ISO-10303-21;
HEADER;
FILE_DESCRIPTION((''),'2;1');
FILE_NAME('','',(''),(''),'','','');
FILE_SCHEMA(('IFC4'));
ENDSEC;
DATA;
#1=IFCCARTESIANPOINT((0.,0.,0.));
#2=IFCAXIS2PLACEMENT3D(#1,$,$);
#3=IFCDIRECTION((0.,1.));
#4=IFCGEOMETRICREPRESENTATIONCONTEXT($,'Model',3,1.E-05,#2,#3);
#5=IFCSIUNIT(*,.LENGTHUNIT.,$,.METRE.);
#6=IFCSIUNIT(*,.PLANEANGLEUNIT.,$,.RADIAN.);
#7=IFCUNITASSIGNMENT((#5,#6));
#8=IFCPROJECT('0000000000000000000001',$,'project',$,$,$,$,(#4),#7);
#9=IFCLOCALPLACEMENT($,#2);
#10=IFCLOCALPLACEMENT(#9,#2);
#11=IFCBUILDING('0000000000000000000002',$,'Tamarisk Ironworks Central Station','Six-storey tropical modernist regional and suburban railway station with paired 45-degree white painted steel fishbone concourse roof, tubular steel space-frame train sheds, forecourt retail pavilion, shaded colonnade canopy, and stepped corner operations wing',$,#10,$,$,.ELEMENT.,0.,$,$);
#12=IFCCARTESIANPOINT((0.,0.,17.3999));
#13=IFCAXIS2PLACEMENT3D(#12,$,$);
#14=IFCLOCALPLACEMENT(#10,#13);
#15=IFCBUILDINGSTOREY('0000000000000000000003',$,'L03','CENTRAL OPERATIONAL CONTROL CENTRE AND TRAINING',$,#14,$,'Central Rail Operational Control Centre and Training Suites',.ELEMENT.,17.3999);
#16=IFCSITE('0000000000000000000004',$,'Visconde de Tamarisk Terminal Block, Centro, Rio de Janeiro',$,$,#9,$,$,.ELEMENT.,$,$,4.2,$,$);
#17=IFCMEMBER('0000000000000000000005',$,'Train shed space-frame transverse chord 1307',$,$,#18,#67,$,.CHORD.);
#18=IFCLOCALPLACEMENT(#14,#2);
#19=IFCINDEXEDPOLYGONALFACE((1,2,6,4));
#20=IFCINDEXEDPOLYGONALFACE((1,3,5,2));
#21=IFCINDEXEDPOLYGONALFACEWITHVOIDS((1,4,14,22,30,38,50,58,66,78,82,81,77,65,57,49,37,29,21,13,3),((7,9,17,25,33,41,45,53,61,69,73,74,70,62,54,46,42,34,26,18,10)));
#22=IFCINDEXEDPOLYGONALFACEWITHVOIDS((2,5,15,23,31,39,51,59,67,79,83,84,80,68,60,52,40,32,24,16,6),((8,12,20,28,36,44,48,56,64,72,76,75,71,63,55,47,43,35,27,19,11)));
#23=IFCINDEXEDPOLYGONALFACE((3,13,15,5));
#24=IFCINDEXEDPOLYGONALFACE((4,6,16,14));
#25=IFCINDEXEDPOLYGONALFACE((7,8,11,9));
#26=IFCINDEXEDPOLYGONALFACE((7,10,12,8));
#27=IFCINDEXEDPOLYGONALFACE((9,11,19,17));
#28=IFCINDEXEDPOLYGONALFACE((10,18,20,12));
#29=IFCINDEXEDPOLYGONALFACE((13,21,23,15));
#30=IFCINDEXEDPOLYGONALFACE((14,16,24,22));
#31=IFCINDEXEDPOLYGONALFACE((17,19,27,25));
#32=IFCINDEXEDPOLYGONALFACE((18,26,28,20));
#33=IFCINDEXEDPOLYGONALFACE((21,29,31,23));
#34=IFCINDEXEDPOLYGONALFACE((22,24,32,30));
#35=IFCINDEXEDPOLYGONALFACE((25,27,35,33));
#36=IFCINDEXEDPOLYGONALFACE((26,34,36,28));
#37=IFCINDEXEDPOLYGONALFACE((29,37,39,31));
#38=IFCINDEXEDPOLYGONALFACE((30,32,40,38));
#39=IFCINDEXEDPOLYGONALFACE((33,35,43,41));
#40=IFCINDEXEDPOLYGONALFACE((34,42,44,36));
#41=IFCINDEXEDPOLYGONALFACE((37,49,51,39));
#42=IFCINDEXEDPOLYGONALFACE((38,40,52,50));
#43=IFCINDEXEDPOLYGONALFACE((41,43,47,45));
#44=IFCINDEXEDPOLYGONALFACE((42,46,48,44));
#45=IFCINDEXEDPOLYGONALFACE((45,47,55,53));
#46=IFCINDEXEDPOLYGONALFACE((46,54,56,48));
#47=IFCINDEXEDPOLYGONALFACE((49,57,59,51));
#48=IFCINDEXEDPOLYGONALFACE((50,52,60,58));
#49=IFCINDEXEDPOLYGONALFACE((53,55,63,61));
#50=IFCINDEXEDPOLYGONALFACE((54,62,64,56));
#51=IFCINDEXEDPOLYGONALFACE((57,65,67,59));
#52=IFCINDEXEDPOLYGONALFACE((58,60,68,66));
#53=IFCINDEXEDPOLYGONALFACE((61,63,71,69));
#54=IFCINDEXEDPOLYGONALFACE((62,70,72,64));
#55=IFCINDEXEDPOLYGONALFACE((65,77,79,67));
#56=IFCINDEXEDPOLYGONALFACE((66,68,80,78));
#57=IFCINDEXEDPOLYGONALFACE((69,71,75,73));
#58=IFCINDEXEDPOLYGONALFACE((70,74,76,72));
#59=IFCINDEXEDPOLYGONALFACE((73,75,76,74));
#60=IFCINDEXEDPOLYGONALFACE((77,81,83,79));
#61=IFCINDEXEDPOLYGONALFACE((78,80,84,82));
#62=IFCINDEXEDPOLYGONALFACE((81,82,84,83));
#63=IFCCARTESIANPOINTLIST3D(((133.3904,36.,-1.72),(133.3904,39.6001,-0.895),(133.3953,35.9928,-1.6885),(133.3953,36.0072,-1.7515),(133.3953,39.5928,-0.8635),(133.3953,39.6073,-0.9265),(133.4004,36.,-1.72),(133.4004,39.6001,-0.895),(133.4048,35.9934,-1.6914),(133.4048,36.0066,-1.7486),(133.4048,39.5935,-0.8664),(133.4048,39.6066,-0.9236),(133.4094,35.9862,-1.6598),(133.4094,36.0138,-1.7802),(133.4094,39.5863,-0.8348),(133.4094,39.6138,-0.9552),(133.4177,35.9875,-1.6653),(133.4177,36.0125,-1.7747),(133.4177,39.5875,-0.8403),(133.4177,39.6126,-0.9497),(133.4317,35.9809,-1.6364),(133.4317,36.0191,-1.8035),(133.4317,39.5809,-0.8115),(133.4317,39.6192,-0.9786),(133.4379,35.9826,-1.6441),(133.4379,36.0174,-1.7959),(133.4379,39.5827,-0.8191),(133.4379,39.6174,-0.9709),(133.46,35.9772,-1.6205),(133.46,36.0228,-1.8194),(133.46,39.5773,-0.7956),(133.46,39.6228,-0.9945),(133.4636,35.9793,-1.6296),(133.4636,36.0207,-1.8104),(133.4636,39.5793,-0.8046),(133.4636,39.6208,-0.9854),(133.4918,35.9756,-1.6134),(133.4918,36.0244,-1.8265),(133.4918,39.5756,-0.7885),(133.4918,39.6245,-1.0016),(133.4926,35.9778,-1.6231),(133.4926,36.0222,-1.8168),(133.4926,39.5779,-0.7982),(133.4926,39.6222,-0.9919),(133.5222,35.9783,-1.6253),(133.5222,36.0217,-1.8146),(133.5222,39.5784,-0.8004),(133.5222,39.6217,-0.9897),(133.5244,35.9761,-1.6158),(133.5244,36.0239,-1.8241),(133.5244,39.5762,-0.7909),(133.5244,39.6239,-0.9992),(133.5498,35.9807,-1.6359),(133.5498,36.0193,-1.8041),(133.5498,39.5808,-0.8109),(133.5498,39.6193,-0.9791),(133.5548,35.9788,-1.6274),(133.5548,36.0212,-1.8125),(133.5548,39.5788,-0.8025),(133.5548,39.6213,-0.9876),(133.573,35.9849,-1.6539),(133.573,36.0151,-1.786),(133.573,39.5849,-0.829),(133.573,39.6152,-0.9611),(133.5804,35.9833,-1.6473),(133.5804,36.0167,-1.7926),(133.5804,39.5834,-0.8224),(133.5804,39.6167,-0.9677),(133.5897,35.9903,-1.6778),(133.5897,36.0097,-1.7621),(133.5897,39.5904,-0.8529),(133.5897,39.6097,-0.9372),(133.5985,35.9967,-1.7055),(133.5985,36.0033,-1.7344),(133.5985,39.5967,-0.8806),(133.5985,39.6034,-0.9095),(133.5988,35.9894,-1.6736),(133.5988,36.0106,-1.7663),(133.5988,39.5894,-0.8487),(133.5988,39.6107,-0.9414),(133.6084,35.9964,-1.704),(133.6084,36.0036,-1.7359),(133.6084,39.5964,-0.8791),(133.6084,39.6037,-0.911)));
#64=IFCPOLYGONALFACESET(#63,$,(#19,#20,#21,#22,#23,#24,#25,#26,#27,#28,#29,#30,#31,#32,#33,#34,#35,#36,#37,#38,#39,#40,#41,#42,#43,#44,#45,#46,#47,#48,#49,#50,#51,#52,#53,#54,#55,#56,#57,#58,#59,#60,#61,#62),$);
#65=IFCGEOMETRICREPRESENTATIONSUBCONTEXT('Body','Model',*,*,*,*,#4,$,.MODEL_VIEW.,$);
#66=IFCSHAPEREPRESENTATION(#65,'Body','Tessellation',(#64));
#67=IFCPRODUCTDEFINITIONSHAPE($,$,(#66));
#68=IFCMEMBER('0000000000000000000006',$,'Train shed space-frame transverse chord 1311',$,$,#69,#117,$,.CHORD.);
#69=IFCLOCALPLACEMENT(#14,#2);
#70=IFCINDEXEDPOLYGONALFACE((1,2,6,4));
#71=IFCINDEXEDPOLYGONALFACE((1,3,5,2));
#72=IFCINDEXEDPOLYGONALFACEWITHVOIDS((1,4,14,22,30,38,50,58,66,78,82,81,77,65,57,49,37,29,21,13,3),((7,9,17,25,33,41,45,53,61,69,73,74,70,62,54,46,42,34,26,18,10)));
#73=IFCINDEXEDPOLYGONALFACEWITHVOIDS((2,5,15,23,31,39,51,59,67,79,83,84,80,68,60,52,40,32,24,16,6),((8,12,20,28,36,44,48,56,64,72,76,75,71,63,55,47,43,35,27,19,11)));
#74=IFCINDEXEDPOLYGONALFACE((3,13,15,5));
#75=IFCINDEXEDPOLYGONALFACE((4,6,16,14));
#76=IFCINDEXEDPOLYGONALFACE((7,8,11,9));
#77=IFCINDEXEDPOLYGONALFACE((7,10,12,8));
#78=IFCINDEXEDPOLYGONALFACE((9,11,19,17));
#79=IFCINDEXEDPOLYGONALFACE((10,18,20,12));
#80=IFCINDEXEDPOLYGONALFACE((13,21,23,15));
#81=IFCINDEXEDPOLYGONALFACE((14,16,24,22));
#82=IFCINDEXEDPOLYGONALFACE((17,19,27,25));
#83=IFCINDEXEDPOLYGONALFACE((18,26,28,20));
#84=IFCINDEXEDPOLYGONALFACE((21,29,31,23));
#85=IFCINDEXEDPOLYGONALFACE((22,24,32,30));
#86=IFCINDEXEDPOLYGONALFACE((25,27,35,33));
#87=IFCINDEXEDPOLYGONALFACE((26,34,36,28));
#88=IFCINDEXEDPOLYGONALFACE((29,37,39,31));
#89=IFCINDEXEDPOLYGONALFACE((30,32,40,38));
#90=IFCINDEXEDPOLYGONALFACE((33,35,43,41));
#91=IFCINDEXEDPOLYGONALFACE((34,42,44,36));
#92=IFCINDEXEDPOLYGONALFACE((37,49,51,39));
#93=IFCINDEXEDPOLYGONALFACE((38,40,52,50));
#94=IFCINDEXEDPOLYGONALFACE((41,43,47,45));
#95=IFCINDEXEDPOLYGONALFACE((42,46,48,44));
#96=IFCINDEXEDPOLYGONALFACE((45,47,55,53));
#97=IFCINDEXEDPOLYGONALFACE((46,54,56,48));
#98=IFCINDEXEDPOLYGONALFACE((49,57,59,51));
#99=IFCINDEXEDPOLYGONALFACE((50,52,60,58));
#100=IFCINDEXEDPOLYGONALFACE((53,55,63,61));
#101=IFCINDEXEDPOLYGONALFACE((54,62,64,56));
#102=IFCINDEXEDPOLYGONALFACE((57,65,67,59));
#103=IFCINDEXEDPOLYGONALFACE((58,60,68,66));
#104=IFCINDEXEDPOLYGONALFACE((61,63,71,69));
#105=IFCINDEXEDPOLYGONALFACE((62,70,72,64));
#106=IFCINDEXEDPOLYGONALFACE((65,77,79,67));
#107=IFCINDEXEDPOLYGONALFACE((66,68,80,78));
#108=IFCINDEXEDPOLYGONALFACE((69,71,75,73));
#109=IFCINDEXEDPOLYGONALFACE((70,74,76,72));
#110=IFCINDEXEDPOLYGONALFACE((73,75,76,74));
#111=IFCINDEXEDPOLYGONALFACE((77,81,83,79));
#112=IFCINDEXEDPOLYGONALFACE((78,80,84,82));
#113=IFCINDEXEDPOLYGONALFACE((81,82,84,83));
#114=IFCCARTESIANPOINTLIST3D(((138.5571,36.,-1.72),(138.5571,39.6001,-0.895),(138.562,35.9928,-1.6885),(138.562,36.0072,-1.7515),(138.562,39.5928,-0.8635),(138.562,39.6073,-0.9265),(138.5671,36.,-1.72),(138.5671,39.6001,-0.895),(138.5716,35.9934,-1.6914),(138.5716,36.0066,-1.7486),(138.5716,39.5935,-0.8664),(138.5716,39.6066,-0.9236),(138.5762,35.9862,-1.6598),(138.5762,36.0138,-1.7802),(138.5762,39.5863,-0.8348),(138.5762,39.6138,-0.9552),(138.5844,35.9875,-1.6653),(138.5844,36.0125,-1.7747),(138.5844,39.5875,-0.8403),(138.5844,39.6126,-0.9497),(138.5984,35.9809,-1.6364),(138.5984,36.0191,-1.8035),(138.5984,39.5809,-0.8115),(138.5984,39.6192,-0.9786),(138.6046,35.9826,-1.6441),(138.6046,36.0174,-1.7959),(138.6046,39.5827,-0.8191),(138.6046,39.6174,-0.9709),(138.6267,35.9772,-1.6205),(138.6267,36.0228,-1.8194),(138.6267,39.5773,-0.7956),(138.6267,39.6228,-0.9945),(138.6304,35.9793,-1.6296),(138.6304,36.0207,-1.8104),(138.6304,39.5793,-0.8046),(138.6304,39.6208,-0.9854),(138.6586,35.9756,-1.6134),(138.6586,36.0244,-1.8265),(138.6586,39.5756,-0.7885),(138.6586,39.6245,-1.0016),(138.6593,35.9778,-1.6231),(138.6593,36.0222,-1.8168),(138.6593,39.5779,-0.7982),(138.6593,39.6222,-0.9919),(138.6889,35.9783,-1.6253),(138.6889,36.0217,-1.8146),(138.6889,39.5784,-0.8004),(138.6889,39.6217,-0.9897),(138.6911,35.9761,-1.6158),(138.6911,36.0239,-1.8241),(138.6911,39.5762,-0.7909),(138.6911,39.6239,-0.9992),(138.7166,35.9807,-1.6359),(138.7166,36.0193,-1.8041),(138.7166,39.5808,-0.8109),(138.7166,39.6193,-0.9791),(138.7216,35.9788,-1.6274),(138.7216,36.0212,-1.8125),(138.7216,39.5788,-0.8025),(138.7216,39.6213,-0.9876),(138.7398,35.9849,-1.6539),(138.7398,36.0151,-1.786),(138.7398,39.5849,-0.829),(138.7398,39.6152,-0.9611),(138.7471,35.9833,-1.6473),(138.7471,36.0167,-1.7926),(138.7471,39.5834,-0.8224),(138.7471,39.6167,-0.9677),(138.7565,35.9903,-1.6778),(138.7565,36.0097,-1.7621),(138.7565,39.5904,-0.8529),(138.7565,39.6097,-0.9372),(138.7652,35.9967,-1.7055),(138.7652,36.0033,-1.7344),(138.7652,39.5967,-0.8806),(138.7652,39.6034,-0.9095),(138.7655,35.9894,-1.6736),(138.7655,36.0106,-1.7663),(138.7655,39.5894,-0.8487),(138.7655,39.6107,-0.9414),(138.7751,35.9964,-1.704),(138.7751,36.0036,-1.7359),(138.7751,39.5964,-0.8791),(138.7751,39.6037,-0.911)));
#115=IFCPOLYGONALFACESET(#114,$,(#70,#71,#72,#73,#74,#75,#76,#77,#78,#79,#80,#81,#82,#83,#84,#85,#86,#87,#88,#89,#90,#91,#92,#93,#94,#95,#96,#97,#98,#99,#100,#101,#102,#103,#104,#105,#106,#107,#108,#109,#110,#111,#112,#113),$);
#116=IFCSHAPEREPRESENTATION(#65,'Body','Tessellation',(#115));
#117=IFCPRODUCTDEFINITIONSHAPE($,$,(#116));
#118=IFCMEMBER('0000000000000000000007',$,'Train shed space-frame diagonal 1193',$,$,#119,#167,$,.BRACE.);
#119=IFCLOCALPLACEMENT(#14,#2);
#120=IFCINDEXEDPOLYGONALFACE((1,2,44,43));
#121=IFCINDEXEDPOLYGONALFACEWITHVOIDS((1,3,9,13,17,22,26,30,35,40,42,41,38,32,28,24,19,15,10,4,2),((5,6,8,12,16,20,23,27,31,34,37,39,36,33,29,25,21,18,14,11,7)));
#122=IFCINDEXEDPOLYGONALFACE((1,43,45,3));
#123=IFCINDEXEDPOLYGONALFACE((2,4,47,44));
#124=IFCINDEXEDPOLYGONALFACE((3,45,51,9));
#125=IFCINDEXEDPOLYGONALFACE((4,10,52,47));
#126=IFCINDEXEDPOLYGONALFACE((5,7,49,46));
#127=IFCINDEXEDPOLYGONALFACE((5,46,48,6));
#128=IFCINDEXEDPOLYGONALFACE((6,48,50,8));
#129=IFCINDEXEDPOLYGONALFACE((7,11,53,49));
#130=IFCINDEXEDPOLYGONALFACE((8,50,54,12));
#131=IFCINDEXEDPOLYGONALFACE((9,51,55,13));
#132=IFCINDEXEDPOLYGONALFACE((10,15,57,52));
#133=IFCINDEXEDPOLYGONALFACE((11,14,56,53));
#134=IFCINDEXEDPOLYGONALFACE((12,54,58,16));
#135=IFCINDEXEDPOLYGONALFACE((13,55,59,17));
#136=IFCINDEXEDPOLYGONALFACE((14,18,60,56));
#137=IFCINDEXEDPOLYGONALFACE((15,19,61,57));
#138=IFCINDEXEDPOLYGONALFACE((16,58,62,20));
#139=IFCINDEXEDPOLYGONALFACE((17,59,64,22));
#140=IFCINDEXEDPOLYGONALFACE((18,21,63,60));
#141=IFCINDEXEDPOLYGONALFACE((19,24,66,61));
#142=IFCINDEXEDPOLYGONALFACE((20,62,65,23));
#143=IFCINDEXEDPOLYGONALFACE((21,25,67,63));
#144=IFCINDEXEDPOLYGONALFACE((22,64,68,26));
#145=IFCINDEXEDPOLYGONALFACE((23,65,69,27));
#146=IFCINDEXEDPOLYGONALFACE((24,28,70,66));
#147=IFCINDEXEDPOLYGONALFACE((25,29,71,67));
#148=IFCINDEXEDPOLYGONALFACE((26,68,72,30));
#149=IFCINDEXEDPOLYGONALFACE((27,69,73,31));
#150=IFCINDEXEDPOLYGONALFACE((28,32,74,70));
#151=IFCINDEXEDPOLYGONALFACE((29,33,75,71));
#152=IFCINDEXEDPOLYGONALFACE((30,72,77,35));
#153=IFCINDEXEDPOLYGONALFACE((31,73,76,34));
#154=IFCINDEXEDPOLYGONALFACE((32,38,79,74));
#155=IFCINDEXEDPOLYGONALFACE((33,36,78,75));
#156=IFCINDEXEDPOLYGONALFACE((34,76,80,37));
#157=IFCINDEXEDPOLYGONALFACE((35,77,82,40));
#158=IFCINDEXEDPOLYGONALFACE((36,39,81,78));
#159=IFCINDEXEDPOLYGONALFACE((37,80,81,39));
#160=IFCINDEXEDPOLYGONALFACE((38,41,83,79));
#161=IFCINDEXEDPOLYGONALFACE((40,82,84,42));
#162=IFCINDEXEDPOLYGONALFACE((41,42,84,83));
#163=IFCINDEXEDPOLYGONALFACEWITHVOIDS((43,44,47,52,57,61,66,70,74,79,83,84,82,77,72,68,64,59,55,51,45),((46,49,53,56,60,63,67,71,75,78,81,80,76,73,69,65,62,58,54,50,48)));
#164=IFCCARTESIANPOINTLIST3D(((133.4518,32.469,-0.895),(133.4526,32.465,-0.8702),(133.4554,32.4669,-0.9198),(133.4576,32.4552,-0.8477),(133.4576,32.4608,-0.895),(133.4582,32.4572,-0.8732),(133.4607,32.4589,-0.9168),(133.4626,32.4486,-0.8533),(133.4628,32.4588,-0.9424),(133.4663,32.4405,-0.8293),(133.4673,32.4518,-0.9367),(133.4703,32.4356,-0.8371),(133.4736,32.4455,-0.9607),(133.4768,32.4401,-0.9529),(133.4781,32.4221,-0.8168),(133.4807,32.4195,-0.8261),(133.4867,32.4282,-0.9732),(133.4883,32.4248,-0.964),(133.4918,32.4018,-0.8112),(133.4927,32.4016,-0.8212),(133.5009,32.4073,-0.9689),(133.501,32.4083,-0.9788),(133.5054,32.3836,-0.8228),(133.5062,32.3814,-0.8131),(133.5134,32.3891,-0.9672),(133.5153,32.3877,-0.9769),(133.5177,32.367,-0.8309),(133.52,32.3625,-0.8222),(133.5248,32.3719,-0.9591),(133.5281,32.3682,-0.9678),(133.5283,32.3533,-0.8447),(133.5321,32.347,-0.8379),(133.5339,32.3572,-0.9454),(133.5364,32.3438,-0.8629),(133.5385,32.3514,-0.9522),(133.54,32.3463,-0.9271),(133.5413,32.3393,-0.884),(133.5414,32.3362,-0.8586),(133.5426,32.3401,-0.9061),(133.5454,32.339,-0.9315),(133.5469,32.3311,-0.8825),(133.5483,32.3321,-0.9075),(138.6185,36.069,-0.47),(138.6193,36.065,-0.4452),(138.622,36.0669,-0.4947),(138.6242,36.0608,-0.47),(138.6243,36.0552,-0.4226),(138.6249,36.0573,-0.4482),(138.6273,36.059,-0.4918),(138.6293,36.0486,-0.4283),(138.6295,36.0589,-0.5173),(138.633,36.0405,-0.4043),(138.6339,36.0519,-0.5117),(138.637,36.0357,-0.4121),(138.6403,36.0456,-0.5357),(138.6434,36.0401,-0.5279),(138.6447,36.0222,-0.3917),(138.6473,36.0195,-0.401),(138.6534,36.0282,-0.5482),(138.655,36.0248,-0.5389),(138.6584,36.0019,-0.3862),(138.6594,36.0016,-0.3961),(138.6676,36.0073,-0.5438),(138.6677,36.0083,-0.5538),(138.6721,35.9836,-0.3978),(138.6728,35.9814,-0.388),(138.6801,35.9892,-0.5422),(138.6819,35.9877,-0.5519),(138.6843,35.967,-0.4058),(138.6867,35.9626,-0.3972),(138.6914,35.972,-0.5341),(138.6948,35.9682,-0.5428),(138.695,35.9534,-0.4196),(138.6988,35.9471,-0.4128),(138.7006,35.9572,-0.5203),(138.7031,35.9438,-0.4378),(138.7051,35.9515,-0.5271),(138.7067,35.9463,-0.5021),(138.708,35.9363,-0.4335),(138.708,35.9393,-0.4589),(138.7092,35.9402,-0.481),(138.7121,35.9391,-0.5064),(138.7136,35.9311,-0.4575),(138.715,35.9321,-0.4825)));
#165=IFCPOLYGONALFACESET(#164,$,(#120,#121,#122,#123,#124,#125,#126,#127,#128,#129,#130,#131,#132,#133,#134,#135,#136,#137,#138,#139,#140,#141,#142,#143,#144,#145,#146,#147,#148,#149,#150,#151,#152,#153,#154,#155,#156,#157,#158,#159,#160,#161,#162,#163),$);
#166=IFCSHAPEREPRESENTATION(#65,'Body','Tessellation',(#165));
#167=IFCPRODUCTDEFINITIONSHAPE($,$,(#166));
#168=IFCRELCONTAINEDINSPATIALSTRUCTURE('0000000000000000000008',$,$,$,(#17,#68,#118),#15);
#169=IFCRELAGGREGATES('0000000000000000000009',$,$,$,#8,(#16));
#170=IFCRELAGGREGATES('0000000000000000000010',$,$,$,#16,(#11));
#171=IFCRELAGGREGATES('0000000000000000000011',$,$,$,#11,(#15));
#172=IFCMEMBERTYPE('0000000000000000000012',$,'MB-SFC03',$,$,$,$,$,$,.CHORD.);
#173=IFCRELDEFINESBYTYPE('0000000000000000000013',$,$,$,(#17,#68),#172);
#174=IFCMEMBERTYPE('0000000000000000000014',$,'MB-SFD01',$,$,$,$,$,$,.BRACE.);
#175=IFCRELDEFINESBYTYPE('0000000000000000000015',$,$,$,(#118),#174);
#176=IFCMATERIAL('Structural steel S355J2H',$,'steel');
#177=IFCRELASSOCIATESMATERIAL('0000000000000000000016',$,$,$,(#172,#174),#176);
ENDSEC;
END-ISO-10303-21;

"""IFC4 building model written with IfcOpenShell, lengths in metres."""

from ifc_helpers import new_model, si_unit, direction, frame, origin, origin_2d, place, context, subcontext, project, spatial, hollow_circle, extrude, material, material_profile, profile_set, type_object, element, save


model = new_model("IFC4")

# Units and contexts
model_context = context("Model", 3, precision=1e-05, world=origin(), true_north=direction((0.0, 1.0)))
body_context = subcontext(model_context, "Body", "Model", "MODEL_VIEW")
ifc_project = project(units=[si_unit("LENGTHUNIT", "METRE"), si_unit("PLANEANGLEUNIT", "RADIAN")], contexts=[model_context])

# Site, building, storey
site_placement = place(None, origin())
site = spatial("IfcSite", under=ifc_project, at=site_placement, Name="Visconde de Tamarisk Terminal Block, Centro, Rio de Janeiro", CompositionType="ELEMENT", RefElevation=4.2)
building_placement = place(site_placement, origin())
building = spatial("IfcBuilding", under=site, at=building_placement, Name="Tamarisk Ironworks Central Station", Description="Six-storey tropical modernist regional and suburban railway station with paired 45-degree white painted steel fishbone concourse roof, tubular steel space-frame train sheds, forecourt retail pavilion, shaded colonnade canopy, and stepped corner operations wing", CompositionType="ELEMENT", ElevationOfRefHeight=0.0)
storey_placement = place(building_placement, frame((0.0, 0.0, 17.3999)))
storey = spatial("IfcBuildingStorey", under=building, at=storey_placement, Name="L03", Description="CENTRAL OPERATIONAL CONTROL CENTRE AND TRAINING", LongName="Central Rail Operational Control Centre and Training Suites", CompositionType="ELEMENT", Elevation=17.3999)

# Members
ifc_material_1 = material(Name="Structural steel S355J2H", Category="steel")
ifc_material_profile_1 = material_profile(ifc_material_1, hollow_circle(Radius=0.1096, WallThickness=0.01, at=origin_2d()), Name="CHS 219.1x10")
ifc_profile_set_1 = profile_set([ifc_material_profile_1], Name="Structural steel S355J2H")
member_type_1 = type_object("IfcMemberType", Name="MB-SFC03", PredefinedType="CHORD", material=ifc_profile_set_1)
for number, where, z_axis, x_axis, name in (
    (1, (133.5, 36.0, -1.72), (0.0, 0.974737, 0.223358), (-1.0, 0.0, 0.0), "Train shed space-frame transverse chord 1307"),
    (2, (138.6667, 36.0, -1.72), (0.0, 0.974737, 0.223358), (-1.0, 0.0, 0.0), "Train shed space-frame transverse chord 1311"),
):
    element("IfcMember", number, at=place(storey_placement, frame(where, z_axis=z_axis, x_axis=x_axis)), inside=storey, type_object=member_type_1, Name=name, PredefinedType="CHORD", context=body_context, shape_type="SweptSolid", body=[
        extrude(hollow_circle(Radius=0.1096, WallThickness=0.01, at=origin_2d()), origin(), (0.0, 0.0, 1.0), 3.6934),
    ])
ifc_material_profile_2 = material_profile(ifc_material_1, hollow_circle(Radius=0.0842, WallThickness=0.01, at=origin_2d()), Name="CHS 168.3x10")
ifc_profile_set_2 = profile_set([ifc_material_profile_2], Name="Structural steel S355J2H")
member_type_2 = type_object("IfcMemberType", Name="MB-SFD01", PredefinedType="BRACE", material=ifc_profile_set_2)
member_1_placement = place(storey_placement, frame((133.5, 32.3999, -0.895), z_axis=(0.818608, 0.570391, 0.067344), x_axis=(-0.571689, 0.82047, 0.0)))
element("IfcMember", 3, at=member_1_placement, inside=storey, type_object=member_type_2, Name="Train shed space-frame diagonal 1193", PredefinedType="BRACE", context=body_context, shape_type="SweptSolid", body=[
    extrude(hollow_circle(Radius=0.0842, WallThickness=0.01, at=origin_2d()), origin(), (0.0, 0.0, 1.0), 6.3115),
])

save(model, "model.ifc")
